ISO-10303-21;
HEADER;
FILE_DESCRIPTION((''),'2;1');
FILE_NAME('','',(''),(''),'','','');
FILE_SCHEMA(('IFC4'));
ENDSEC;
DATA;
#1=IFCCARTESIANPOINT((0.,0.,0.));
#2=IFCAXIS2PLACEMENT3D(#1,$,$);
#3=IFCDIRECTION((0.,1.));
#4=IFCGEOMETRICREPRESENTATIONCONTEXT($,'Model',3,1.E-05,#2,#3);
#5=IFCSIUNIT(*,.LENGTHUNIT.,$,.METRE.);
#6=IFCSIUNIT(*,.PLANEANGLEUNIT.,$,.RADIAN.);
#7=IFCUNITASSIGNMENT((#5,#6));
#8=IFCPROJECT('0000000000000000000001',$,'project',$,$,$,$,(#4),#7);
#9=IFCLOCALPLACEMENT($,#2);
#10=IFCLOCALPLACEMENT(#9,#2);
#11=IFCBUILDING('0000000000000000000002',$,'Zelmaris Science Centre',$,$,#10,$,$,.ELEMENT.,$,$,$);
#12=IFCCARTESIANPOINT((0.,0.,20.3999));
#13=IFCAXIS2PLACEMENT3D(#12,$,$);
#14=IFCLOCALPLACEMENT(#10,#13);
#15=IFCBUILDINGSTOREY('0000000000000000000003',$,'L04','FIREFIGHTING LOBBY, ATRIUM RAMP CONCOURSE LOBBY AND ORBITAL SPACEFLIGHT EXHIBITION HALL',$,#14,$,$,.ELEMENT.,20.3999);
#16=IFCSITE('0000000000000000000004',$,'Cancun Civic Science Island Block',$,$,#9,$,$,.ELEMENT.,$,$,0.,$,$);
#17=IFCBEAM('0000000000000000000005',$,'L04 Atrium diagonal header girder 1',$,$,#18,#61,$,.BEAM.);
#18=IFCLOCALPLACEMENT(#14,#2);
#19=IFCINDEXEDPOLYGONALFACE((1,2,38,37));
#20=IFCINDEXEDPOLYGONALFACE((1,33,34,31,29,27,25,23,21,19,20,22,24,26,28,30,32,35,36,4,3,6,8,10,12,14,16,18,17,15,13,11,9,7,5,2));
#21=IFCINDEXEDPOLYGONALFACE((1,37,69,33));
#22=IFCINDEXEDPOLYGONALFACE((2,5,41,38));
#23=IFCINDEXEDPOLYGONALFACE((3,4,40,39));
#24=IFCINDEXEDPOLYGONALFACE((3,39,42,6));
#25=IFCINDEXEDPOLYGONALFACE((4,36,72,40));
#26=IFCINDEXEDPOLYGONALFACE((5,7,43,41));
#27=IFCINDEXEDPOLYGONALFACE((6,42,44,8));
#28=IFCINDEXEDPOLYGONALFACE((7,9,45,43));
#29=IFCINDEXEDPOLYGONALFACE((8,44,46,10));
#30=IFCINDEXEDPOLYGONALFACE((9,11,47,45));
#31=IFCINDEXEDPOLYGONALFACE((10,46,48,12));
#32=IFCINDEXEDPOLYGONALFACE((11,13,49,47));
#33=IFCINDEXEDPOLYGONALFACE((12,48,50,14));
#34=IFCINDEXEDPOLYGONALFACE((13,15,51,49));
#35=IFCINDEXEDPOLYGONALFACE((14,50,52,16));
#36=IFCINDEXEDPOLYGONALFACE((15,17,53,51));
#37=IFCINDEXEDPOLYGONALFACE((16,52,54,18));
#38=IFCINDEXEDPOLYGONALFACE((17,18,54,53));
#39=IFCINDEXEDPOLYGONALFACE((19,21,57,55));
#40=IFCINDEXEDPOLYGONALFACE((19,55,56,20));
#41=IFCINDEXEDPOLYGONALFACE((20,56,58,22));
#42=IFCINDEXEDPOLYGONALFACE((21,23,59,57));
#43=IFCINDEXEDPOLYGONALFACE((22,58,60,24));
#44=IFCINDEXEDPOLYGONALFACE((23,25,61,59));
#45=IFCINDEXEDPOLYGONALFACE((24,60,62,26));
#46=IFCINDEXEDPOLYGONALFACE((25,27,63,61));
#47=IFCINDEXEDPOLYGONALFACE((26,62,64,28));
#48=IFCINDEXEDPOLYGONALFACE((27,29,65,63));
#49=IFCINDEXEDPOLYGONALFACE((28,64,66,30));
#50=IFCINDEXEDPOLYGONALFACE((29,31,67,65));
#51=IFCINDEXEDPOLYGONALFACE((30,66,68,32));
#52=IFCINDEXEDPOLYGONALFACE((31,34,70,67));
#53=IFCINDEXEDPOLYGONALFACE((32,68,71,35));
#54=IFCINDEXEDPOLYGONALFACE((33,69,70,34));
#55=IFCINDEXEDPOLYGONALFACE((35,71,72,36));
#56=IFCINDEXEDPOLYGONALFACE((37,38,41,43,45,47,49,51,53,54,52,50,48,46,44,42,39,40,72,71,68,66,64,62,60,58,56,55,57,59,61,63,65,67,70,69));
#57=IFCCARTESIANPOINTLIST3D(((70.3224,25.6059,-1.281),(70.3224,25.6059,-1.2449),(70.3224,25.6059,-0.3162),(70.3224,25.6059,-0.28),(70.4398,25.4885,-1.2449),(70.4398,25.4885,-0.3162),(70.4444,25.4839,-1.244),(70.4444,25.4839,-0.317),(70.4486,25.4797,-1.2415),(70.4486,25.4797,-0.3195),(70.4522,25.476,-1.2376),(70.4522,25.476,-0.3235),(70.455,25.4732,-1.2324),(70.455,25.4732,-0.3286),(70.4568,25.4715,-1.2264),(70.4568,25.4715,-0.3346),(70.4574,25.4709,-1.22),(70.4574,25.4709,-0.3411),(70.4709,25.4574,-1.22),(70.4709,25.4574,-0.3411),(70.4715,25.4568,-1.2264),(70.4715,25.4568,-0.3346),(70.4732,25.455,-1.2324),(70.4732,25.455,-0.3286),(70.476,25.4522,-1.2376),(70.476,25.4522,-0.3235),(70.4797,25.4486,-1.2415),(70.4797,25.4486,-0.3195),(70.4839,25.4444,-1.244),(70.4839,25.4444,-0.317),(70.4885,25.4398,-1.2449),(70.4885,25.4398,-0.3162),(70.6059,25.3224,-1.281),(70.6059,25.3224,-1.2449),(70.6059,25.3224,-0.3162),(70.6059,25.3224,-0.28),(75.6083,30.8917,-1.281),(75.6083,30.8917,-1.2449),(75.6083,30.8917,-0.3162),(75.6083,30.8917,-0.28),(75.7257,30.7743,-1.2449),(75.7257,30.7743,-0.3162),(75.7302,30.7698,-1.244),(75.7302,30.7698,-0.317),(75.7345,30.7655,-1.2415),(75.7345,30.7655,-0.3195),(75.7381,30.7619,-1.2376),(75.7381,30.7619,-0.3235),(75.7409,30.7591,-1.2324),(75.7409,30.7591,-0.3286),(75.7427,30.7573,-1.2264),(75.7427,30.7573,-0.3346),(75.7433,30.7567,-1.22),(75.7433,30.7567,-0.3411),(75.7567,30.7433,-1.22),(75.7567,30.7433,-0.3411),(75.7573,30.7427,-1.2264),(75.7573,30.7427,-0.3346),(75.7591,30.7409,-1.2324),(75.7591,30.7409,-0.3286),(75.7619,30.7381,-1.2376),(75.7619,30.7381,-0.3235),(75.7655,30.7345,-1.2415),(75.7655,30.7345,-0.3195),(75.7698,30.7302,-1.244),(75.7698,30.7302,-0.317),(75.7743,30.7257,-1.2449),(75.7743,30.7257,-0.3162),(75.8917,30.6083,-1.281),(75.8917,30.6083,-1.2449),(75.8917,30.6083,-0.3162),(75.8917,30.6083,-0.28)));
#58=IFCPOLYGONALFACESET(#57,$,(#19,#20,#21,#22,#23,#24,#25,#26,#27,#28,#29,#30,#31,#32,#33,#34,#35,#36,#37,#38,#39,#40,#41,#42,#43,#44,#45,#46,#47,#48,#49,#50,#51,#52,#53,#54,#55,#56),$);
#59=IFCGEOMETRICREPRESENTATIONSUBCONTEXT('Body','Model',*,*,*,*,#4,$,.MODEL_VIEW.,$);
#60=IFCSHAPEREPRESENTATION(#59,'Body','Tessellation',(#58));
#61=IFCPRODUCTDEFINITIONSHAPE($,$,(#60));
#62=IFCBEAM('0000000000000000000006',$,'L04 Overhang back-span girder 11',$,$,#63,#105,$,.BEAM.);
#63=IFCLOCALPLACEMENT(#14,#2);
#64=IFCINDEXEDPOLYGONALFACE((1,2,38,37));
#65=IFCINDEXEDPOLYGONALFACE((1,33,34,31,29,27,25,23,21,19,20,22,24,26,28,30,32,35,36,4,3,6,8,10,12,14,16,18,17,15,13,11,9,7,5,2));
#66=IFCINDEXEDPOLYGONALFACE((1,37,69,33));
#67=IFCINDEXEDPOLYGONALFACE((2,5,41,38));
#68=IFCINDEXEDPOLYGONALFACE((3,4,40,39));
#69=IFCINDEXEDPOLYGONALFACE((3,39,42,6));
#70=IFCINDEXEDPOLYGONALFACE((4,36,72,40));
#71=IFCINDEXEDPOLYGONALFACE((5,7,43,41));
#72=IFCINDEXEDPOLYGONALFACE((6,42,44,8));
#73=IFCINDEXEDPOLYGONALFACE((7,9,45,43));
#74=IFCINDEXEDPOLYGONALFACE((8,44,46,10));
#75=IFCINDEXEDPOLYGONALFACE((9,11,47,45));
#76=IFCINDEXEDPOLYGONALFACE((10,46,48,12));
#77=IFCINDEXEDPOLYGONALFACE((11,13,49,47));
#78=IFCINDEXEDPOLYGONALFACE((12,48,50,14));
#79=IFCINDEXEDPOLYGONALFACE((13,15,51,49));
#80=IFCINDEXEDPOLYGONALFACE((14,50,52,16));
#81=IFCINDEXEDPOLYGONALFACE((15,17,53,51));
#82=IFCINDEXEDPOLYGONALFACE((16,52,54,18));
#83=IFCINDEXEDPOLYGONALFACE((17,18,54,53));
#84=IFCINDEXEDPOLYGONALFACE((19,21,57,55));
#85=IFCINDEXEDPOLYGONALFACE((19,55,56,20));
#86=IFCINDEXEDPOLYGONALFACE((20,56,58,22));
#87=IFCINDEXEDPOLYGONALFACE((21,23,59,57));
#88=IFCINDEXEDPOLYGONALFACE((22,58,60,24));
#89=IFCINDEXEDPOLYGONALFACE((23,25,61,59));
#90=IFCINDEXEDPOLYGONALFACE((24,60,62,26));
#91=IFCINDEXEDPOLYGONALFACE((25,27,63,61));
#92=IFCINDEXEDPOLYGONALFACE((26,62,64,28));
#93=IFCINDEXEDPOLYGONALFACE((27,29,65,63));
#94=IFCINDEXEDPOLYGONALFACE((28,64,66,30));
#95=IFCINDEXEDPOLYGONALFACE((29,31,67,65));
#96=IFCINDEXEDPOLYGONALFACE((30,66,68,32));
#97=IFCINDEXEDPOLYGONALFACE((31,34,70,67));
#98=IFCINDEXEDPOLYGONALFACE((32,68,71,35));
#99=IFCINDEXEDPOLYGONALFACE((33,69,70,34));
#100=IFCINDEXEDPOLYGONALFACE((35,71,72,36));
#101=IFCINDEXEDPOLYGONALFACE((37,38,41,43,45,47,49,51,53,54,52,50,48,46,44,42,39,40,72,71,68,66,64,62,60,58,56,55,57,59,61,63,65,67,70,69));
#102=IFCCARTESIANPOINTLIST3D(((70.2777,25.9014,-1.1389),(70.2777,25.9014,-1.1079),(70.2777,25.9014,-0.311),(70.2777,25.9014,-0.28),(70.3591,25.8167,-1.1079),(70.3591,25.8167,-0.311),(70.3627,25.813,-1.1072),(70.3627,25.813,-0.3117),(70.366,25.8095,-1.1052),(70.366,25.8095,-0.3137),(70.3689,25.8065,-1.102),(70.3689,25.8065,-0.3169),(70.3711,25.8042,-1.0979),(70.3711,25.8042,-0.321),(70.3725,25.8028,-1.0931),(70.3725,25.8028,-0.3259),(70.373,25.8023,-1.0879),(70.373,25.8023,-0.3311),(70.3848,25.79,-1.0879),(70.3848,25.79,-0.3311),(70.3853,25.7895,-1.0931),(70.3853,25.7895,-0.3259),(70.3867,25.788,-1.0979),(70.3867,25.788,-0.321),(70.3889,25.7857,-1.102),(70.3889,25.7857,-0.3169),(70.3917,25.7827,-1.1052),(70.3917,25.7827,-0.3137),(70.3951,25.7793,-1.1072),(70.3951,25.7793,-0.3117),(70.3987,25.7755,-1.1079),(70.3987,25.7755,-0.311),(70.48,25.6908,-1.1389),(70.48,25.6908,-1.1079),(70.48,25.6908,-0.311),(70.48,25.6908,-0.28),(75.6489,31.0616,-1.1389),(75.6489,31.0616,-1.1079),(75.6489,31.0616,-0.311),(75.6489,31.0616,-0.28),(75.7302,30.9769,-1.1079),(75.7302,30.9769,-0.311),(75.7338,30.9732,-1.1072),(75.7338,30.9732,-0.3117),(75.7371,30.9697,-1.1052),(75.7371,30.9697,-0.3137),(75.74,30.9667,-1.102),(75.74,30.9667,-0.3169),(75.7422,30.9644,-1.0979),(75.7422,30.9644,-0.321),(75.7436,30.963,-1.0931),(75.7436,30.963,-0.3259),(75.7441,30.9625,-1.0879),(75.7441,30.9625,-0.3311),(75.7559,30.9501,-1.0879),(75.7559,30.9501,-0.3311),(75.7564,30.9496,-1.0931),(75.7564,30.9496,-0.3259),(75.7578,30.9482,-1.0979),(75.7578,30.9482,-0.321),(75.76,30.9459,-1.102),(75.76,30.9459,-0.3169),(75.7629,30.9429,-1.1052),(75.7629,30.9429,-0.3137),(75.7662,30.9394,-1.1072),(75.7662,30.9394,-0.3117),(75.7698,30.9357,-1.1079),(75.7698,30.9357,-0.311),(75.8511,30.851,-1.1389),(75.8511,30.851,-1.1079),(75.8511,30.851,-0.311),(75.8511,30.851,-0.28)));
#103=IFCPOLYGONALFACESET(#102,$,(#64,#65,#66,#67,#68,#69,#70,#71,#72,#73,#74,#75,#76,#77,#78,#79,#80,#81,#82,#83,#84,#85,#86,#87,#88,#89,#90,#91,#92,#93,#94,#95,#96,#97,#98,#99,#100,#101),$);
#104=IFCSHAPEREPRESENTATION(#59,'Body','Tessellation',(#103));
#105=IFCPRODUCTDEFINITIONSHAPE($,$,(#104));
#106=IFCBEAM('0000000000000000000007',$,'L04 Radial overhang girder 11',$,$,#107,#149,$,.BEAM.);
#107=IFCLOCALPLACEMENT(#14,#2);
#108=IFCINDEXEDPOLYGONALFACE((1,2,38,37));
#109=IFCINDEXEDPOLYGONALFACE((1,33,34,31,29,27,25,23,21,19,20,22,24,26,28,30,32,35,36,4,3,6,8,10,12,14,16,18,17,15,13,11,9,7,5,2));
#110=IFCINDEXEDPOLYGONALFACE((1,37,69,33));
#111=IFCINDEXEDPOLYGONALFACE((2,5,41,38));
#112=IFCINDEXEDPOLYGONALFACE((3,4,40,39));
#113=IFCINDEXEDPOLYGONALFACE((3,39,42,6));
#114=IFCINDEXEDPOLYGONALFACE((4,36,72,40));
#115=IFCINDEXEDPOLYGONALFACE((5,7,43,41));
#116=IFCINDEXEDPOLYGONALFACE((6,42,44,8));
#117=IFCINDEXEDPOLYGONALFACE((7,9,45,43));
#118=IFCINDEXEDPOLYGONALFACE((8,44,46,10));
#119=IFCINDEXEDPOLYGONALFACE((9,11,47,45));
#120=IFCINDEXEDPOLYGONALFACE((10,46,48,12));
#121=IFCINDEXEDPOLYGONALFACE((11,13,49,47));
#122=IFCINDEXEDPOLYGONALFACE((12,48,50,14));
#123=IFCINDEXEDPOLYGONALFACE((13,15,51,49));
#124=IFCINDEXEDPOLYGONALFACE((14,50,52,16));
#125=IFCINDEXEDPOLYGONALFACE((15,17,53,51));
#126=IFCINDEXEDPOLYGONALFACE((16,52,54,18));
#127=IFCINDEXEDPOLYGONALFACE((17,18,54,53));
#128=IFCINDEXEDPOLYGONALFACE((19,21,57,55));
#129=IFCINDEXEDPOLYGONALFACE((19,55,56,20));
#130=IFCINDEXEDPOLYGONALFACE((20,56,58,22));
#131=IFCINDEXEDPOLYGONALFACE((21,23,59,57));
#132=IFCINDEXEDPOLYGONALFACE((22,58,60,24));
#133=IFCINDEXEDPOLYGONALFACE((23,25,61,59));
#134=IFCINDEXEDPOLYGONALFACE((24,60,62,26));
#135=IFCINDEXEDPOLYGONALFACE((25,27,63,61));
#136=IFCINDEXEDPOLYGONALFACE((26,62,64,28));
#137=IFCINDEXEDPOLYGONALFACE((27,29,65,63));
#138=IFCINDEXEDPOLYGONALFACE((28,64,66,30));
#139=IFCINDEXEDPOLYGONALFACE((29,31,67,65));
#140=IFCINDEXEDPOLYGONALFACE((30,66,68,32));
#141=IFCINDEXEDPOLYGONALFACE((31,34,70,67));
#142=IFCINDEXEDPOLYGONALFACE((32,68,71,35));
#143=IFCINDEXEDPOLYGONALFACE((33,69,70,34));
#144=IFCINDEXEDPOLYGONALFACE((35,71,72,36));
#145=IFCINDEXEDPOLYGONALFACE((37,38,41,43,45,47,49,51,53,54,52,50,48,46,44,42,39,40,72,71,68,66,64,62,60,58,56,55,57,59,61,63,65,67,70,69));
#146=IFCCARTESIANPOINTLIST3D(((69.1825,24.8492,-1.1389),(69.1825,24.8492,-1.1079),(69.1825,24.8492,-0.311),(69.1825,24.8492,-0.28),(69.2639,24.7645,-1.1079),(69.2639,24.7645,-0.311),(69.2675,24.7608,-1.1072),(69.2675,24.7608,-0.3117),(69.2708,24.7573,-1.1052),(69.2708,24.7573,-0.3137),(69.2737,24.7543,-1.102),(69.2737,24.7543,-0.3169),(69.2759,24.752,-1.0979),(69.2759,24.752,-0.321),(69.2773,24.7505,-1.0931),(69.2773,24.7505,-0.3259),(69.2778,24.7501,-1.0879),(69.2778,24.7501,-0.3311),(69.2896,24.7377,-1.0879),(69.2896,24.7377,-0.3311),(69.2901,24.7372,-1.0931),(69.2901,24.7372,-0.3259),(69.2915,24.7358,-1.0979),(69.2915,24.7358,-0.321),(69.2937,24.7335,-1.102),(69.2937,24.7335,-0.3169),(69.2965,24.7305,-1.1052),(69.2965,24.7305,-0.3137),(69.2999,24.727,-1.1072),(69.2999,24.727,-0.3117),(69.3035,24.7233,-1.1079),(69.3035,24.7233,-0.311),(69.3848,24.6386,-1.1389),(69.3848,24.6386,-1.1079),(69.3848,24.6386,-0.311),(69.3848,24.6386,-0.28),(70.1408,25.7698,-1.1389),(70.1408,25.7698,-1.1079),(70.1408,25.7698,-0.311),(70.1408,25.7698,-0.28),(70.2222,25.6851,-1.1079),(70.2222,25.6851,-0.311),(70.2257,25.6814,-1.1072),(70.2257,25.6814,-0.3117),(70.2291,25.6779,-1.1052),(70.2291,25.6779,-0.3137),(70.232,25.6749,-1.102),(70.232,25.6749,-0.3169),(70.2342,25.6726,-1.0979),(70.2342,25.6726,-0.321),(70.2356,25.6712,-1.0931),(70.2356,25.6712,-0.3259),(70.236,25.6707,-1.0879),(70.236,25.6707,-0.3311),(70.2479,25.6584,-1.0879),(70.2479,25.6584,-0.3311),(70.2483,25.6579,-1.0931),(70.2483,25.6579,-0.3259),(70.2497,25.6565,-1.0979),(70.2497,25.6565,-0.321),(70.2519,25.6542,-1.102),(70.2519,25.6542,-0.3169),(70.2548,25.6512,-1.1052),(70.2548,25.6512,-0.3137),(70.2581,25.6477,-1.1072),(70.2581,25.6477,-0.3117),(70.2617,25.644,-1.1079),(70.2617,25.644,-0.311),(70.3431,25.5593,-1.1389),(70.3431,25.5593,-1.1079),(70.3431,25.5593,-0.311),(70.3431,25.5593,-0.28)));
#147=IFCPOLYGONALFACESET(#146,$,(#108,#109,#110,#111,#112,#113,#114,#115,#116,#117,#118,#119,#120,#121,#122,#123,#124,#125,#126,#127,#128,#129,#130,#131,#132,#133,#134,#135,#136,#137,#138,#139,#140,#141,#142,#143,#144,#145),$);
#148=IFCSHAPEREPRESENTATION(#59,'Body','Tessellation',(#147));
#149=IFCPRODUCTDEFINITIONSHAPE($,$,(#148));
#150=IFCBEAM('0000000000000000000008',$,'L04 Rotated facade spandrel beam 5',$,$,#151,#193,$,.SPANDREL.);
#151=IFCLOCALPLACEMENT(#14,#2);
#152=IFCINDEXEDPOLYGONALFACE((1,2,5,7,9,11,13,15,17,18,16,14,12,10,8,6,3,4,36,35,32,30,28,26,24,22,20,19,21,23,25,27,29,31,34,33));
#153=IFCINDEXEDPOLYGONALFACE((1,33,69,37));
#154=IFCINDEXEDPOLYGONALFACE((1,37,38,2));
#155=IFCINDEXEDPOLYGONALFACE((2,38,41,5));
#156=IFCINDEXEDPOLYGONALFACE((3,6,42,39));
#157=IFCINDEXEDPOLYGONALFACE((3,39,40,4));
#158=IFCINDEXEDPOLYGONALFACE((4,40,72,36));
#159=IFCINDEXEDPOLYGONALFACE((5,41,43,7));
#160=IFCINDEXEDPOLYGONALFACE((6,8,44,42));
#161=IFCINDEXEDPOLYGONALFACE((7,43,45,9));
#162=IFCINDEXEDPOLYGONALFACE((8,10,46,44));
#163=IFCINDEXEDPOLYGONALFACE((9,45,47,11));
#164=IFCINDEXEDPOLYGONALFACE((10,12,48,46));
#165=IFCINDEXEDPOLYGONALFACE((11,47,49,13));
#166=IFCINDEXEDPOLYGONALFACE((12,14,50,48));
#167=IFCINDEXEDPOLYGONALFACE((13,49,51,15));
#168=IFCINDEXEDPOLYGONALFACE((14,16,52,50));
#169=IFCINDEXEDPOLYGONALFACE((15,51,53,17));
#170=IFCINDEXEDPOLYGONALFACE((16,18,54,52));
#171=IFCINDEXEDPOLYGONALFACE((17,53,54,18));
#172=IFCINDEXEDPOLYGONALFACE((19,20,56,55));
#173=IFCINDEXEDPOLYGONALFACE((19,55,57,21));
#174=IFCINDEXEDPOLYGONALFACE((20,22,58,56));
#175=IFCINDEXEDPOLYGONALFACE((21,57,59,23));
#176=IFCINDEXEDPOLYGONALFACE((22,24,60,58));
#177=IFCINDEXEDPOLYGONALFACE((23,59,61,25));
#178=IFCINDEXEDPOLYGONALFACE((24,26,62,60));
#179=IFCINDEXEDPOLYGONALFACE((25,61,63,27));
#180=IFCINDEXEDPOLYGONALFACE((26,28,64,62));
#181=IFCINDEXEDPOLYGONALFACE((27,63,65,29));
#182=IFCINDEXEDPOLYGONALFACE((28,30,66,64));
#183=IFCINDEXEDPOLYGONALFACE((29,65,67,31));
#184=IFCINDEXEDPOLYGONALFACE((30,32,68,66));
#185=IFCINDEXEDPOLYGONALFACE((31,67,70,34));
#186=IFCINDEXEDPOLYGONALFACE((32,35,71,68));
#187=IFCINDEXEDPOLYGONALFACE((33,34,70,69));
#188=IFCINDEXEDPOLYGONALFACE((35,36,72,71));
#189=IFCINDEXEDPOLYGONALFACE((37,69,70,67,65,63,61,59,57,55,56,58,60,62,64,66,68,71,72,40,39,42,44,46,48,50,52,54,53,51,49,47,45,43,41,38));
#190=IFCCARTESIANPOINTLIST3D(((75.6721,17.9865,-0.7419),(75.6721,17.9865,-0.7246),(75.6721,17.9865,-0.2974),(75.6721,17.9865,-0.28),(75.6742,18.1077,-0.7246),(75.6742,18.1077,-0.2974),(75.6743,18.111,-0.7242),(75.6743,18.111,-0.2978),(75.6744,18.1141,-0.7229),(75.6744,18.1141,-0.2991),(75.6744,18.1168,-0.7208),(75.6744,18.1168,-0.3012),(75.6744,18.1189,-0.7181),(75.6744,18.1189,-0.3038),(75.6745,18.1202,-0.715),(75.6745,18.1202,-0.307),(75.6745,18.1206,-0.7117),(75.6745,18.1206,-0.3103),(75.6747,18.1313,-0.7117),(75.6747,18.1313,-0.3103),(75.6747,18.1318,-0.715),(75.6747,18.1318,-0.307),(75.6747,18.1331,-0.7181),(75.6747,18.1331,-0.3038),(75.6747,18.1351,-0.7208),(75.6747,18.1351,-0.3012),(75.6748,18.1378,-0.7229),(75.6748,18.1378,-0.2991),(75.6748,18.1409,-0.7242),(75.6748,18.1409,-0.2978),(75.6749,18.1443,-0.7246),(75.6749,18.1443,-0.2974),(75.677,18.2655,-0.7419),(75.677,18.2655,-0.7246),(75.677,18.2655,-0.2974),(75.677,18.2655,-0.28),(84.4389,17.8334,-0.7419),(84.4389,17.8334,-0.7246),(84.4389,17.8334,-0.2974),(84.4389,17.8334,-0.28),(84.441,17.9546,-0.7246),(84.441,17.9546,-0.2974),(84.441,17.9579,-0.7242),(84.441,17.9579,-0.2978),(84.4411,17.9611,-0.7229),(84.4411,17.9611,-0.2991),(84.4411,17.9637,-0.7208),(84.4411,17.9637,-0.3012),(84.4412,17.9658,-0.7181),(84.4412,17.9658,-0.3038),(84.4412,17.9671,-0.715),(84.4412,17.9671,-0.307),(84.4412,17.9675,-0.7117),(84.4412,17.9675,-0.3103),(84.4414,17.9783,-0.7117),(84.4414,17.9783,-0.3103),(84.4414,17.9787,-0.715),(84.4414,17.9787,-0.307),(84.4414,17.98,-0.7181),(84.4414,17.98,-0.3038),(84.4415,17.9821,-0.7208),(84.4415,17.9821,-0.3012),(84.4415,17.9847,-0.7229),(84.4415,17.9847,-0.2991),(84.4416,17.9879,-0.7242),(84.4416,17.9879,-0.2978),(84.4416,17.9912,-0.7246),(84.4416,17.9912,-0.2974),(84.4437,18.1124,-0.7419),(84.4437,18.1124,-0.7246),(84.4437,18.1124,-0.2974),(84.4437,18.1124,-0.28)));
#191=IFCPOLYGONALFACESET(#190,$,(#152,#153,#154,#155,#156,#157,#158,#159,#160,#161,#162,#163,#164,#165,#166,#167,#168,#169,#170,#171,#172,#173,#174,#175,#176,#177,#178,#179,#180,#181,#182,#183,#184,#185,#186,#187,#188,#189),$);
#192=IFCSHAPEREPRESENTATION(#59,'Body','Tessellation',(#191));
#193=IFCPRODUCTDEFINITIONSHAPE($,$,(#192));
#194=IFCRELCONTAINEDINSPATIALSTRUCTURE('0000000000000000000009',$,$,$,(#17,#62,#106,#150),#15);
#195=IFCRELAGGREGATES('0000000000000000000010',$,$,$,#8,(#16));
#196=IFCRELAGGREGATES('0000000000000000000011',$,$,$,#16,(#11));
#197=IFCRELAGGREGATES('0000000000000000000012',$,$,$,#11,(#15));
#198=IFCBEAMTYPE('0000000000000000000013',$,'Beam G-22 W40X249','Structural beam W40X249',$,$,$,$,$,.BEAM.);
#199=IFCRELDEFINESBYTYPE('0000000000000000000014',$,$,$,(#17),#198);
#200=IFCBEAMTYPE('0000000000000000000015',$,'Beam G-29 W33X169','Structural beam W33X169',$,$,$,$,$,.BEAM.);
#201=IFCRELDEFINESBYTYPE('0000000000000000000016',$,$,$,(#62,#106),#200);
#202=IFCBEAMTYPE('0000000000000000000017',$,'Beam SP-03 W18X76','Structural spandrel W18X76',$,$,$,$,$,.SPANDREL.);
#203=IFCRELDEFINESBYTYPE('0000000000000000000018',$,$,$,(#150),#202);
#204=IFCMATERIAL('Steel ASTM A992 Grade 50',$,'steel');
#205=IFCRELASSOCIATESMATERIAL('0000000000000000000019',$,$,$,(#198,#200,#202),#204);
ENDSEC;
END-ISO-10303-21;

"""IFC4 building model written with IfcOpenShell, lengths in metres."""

from ifc_helpers import new_model, si_unit, direction, frame, origin, origin_2d, place, context, subcontext, project, spatial, i_section, extrude, material, material_profile, profile_set, type_object, element, save


model = new_model("IFC4")

# Units and contexts
model_context = context("Model", 3, precision=1e-05, world=origin(), true_north=direction((0.0, 1.0)))
body_context = subcontext(model_context, "Body", "Model", "MODEL_VIEW")
ifc_project = project(units=[si_unit("LENGTHUNIT", "METRE"), si_unit("PLANEANGLEUNIT", "RADIAN")], contexts=[model_context])

# Site, building, storey
site_placement = place(None, origin())
site = spatial("IfcSite", under=ifc_project, at=site_placement, Name="Cancun Civic Science Island Block", CompositionType="ELEMENT", RefElevation=0.0)
building_placement = place(site_placement, origin())
building = spatial("IfcBuilding", under=site, at=building_placement, Name="Zelmaris Science Centre", CompositionType="ELEMENT")
storey_placement = place(building_placement, frame((0.0, 0.0, 20.3999)))
storey = spatial("IfcBuildingStorey", under=building, at=storey_placement, Name="L04", Description="FIREFIGHTING LOBBY, ATRIUM RAMP CONCOURSE LOBBY AND ORBITAL SPACEFLIGHT EXHIBITION HALL", CompositionType="ELEMENT", Elevation=20.3999)

# Shared definitions
ifc_material_1 = material(Name="Steel ASTM A992 Grade 50", Category="steel")

# Beams
ifc_material_profile_1 = material_profile(ifc_material_1, i_section(OverallWidth=0.4009, OverallDepth=1.001, WebThickness=0.019, FlangeThickness=0.0361, FilletRadius=0.0249, at=origin_2d()), Name="W40X249")
ifc_profile_set_1 = profile_set([ifc_material_profile_1], Name="Steel ASTM A992 Grade 50")
beam_type_1 = type_object("IfcBeamType", Name="Beam G-22 W40X249", Description="Structural beam W40X249", PredefinedType="BEAM", material=ifc_profile_set_1)
beam_1_placement = place(storey_placement, frame((75.75, 30.75, -0.7805), z_axis=(-0.707107, -0.707107, 0.0), x_axis=(0.707107, -0.707107, 0.0)))
element("IfcBeam", 1, at=beam_1_placement, inside=storey, type_object=beam_type_1, Name="L04 Atrium diagonal header girder 1", PredefinedType="BEAM", context=body_context, shape_type="SweptSolid", body=[
    extrude(i_section(OverallWidth=0.4009, OverallDepth=1.001, WebThickness=0.019, FlangeThickness=0.0361, FilletRadius=0.0249, at=origin_2d()), origin(), (0.0, 0.0, 1.0), 7.4753),
])
ifc_material_profile_2 = material_profile(ifc_material_1, i_section(OverallWidth=0.292, OverallDepth=0.8589, WebThickness=0.0171, FlangeThickness=0.031, FilletRadius=0.02, at=origin_2d()), Name="W33X169")
ifc_profile_set_2 = profile_set([ifc_material_profile_2], Name="Steel ASTM A992 Grade 50")
beam_type_2 = type_object("IfcBeamType", Name="Beam G-29 W33X169", Description="Structural beam W33X169", PredefinedType="BEAM", material=ifc_profile_set_2)
beam_2_placement = place(storey_placement, frame((75.75, 30.9563, -0.7095), z_axis=(-0.721125, -0.692805, 0.0), x_axis=(0.692805, -0.721125, 0.0)))
element("IfcBeam", 2, at=beam_2_placement, inside=storey, type_object=beam_type_2, Name="L04 Overhang back-span girder 11", PredefinedType="BEAM", context=body_context, shape_type="SweptSolid", body=[
    extrude(i_section(OverallWidth=0.292, OverallDepth=0.8589, WebThickness=0.0171, FlangeThickness=0.031, FilletRadius=0.02, at=origin_2d()), origin(), (0.0, 0.0, 1.0), 7.4482),
])
beam_3_placement = place(storey_placement, frame((70.2419, 25.6646, -0.7095), z_axis=(-0.721112, -0.692819, 0.0), x_axis=(0.692819, -0.721112, 0.0)))
element("IfcBeam", 3, at=beam_3_placement, inside=storey, type_object=beam_type_2, Name="L04 Radial overhang girder 11", PredefinedType="BEAM", context=body_context, shape_type="SweptSolid", body=[
    extrude(i_section(OverallWidth=0.292, OverallDepth=0.8589, WebThickness=0.0171, FlangeThickness=0.031, FilletRadius=0.02, at=origin_2d()), origin(), (0.0, 0.0, 1.0), 1.3289),
])
ifc_material_profile_3 = material_profile(ifc_material_1, i_section(OverallWidth=0.2791, OverallDepth=0.4619, WebThickness=0.0107, FlangeThickness=0.0173, FilletRadius=0.0129, at=origin_2d()), Name="W18X76")
ifc_profile_set_3 = profile_set([ifc_material_profile_3], Name="Steel ASTM A992 Grade 50")
beam_type_3 = type_object("IfcBeamType", Name="Beam SP-03 W18X76", Description="Structural spandrel W18X76", PredefinedType="SPANDREL", material=ifc_profile_set_3)
beam_4_placement = place(storey_placement, frame((75.6746, 18.126, -0.511), z_axis=(0.999848, -0.017458, 0.0), x_axis=(0.017458, 0.999848, 0.0)))
element("IfcBeam", 4, at=beam_4_placement, inside=storey, type_object=beam_type_3, Name="L04 Rotated facade spandrel beam 5", PredefinedType="SPANDREL", context=body_context, shape_type="SweptSolid", body=[
    extrude(i_section(OverallWidth=0.2791, OverallDepth=0.4619, WebThickness=0.0107, FlangeThickness=0.0173, FilletRadius=0.0129, at=origin_2d()), origin(), (0.0, 0.0, 1.0), 8.7681),
])

save(model, "model.ifc")
